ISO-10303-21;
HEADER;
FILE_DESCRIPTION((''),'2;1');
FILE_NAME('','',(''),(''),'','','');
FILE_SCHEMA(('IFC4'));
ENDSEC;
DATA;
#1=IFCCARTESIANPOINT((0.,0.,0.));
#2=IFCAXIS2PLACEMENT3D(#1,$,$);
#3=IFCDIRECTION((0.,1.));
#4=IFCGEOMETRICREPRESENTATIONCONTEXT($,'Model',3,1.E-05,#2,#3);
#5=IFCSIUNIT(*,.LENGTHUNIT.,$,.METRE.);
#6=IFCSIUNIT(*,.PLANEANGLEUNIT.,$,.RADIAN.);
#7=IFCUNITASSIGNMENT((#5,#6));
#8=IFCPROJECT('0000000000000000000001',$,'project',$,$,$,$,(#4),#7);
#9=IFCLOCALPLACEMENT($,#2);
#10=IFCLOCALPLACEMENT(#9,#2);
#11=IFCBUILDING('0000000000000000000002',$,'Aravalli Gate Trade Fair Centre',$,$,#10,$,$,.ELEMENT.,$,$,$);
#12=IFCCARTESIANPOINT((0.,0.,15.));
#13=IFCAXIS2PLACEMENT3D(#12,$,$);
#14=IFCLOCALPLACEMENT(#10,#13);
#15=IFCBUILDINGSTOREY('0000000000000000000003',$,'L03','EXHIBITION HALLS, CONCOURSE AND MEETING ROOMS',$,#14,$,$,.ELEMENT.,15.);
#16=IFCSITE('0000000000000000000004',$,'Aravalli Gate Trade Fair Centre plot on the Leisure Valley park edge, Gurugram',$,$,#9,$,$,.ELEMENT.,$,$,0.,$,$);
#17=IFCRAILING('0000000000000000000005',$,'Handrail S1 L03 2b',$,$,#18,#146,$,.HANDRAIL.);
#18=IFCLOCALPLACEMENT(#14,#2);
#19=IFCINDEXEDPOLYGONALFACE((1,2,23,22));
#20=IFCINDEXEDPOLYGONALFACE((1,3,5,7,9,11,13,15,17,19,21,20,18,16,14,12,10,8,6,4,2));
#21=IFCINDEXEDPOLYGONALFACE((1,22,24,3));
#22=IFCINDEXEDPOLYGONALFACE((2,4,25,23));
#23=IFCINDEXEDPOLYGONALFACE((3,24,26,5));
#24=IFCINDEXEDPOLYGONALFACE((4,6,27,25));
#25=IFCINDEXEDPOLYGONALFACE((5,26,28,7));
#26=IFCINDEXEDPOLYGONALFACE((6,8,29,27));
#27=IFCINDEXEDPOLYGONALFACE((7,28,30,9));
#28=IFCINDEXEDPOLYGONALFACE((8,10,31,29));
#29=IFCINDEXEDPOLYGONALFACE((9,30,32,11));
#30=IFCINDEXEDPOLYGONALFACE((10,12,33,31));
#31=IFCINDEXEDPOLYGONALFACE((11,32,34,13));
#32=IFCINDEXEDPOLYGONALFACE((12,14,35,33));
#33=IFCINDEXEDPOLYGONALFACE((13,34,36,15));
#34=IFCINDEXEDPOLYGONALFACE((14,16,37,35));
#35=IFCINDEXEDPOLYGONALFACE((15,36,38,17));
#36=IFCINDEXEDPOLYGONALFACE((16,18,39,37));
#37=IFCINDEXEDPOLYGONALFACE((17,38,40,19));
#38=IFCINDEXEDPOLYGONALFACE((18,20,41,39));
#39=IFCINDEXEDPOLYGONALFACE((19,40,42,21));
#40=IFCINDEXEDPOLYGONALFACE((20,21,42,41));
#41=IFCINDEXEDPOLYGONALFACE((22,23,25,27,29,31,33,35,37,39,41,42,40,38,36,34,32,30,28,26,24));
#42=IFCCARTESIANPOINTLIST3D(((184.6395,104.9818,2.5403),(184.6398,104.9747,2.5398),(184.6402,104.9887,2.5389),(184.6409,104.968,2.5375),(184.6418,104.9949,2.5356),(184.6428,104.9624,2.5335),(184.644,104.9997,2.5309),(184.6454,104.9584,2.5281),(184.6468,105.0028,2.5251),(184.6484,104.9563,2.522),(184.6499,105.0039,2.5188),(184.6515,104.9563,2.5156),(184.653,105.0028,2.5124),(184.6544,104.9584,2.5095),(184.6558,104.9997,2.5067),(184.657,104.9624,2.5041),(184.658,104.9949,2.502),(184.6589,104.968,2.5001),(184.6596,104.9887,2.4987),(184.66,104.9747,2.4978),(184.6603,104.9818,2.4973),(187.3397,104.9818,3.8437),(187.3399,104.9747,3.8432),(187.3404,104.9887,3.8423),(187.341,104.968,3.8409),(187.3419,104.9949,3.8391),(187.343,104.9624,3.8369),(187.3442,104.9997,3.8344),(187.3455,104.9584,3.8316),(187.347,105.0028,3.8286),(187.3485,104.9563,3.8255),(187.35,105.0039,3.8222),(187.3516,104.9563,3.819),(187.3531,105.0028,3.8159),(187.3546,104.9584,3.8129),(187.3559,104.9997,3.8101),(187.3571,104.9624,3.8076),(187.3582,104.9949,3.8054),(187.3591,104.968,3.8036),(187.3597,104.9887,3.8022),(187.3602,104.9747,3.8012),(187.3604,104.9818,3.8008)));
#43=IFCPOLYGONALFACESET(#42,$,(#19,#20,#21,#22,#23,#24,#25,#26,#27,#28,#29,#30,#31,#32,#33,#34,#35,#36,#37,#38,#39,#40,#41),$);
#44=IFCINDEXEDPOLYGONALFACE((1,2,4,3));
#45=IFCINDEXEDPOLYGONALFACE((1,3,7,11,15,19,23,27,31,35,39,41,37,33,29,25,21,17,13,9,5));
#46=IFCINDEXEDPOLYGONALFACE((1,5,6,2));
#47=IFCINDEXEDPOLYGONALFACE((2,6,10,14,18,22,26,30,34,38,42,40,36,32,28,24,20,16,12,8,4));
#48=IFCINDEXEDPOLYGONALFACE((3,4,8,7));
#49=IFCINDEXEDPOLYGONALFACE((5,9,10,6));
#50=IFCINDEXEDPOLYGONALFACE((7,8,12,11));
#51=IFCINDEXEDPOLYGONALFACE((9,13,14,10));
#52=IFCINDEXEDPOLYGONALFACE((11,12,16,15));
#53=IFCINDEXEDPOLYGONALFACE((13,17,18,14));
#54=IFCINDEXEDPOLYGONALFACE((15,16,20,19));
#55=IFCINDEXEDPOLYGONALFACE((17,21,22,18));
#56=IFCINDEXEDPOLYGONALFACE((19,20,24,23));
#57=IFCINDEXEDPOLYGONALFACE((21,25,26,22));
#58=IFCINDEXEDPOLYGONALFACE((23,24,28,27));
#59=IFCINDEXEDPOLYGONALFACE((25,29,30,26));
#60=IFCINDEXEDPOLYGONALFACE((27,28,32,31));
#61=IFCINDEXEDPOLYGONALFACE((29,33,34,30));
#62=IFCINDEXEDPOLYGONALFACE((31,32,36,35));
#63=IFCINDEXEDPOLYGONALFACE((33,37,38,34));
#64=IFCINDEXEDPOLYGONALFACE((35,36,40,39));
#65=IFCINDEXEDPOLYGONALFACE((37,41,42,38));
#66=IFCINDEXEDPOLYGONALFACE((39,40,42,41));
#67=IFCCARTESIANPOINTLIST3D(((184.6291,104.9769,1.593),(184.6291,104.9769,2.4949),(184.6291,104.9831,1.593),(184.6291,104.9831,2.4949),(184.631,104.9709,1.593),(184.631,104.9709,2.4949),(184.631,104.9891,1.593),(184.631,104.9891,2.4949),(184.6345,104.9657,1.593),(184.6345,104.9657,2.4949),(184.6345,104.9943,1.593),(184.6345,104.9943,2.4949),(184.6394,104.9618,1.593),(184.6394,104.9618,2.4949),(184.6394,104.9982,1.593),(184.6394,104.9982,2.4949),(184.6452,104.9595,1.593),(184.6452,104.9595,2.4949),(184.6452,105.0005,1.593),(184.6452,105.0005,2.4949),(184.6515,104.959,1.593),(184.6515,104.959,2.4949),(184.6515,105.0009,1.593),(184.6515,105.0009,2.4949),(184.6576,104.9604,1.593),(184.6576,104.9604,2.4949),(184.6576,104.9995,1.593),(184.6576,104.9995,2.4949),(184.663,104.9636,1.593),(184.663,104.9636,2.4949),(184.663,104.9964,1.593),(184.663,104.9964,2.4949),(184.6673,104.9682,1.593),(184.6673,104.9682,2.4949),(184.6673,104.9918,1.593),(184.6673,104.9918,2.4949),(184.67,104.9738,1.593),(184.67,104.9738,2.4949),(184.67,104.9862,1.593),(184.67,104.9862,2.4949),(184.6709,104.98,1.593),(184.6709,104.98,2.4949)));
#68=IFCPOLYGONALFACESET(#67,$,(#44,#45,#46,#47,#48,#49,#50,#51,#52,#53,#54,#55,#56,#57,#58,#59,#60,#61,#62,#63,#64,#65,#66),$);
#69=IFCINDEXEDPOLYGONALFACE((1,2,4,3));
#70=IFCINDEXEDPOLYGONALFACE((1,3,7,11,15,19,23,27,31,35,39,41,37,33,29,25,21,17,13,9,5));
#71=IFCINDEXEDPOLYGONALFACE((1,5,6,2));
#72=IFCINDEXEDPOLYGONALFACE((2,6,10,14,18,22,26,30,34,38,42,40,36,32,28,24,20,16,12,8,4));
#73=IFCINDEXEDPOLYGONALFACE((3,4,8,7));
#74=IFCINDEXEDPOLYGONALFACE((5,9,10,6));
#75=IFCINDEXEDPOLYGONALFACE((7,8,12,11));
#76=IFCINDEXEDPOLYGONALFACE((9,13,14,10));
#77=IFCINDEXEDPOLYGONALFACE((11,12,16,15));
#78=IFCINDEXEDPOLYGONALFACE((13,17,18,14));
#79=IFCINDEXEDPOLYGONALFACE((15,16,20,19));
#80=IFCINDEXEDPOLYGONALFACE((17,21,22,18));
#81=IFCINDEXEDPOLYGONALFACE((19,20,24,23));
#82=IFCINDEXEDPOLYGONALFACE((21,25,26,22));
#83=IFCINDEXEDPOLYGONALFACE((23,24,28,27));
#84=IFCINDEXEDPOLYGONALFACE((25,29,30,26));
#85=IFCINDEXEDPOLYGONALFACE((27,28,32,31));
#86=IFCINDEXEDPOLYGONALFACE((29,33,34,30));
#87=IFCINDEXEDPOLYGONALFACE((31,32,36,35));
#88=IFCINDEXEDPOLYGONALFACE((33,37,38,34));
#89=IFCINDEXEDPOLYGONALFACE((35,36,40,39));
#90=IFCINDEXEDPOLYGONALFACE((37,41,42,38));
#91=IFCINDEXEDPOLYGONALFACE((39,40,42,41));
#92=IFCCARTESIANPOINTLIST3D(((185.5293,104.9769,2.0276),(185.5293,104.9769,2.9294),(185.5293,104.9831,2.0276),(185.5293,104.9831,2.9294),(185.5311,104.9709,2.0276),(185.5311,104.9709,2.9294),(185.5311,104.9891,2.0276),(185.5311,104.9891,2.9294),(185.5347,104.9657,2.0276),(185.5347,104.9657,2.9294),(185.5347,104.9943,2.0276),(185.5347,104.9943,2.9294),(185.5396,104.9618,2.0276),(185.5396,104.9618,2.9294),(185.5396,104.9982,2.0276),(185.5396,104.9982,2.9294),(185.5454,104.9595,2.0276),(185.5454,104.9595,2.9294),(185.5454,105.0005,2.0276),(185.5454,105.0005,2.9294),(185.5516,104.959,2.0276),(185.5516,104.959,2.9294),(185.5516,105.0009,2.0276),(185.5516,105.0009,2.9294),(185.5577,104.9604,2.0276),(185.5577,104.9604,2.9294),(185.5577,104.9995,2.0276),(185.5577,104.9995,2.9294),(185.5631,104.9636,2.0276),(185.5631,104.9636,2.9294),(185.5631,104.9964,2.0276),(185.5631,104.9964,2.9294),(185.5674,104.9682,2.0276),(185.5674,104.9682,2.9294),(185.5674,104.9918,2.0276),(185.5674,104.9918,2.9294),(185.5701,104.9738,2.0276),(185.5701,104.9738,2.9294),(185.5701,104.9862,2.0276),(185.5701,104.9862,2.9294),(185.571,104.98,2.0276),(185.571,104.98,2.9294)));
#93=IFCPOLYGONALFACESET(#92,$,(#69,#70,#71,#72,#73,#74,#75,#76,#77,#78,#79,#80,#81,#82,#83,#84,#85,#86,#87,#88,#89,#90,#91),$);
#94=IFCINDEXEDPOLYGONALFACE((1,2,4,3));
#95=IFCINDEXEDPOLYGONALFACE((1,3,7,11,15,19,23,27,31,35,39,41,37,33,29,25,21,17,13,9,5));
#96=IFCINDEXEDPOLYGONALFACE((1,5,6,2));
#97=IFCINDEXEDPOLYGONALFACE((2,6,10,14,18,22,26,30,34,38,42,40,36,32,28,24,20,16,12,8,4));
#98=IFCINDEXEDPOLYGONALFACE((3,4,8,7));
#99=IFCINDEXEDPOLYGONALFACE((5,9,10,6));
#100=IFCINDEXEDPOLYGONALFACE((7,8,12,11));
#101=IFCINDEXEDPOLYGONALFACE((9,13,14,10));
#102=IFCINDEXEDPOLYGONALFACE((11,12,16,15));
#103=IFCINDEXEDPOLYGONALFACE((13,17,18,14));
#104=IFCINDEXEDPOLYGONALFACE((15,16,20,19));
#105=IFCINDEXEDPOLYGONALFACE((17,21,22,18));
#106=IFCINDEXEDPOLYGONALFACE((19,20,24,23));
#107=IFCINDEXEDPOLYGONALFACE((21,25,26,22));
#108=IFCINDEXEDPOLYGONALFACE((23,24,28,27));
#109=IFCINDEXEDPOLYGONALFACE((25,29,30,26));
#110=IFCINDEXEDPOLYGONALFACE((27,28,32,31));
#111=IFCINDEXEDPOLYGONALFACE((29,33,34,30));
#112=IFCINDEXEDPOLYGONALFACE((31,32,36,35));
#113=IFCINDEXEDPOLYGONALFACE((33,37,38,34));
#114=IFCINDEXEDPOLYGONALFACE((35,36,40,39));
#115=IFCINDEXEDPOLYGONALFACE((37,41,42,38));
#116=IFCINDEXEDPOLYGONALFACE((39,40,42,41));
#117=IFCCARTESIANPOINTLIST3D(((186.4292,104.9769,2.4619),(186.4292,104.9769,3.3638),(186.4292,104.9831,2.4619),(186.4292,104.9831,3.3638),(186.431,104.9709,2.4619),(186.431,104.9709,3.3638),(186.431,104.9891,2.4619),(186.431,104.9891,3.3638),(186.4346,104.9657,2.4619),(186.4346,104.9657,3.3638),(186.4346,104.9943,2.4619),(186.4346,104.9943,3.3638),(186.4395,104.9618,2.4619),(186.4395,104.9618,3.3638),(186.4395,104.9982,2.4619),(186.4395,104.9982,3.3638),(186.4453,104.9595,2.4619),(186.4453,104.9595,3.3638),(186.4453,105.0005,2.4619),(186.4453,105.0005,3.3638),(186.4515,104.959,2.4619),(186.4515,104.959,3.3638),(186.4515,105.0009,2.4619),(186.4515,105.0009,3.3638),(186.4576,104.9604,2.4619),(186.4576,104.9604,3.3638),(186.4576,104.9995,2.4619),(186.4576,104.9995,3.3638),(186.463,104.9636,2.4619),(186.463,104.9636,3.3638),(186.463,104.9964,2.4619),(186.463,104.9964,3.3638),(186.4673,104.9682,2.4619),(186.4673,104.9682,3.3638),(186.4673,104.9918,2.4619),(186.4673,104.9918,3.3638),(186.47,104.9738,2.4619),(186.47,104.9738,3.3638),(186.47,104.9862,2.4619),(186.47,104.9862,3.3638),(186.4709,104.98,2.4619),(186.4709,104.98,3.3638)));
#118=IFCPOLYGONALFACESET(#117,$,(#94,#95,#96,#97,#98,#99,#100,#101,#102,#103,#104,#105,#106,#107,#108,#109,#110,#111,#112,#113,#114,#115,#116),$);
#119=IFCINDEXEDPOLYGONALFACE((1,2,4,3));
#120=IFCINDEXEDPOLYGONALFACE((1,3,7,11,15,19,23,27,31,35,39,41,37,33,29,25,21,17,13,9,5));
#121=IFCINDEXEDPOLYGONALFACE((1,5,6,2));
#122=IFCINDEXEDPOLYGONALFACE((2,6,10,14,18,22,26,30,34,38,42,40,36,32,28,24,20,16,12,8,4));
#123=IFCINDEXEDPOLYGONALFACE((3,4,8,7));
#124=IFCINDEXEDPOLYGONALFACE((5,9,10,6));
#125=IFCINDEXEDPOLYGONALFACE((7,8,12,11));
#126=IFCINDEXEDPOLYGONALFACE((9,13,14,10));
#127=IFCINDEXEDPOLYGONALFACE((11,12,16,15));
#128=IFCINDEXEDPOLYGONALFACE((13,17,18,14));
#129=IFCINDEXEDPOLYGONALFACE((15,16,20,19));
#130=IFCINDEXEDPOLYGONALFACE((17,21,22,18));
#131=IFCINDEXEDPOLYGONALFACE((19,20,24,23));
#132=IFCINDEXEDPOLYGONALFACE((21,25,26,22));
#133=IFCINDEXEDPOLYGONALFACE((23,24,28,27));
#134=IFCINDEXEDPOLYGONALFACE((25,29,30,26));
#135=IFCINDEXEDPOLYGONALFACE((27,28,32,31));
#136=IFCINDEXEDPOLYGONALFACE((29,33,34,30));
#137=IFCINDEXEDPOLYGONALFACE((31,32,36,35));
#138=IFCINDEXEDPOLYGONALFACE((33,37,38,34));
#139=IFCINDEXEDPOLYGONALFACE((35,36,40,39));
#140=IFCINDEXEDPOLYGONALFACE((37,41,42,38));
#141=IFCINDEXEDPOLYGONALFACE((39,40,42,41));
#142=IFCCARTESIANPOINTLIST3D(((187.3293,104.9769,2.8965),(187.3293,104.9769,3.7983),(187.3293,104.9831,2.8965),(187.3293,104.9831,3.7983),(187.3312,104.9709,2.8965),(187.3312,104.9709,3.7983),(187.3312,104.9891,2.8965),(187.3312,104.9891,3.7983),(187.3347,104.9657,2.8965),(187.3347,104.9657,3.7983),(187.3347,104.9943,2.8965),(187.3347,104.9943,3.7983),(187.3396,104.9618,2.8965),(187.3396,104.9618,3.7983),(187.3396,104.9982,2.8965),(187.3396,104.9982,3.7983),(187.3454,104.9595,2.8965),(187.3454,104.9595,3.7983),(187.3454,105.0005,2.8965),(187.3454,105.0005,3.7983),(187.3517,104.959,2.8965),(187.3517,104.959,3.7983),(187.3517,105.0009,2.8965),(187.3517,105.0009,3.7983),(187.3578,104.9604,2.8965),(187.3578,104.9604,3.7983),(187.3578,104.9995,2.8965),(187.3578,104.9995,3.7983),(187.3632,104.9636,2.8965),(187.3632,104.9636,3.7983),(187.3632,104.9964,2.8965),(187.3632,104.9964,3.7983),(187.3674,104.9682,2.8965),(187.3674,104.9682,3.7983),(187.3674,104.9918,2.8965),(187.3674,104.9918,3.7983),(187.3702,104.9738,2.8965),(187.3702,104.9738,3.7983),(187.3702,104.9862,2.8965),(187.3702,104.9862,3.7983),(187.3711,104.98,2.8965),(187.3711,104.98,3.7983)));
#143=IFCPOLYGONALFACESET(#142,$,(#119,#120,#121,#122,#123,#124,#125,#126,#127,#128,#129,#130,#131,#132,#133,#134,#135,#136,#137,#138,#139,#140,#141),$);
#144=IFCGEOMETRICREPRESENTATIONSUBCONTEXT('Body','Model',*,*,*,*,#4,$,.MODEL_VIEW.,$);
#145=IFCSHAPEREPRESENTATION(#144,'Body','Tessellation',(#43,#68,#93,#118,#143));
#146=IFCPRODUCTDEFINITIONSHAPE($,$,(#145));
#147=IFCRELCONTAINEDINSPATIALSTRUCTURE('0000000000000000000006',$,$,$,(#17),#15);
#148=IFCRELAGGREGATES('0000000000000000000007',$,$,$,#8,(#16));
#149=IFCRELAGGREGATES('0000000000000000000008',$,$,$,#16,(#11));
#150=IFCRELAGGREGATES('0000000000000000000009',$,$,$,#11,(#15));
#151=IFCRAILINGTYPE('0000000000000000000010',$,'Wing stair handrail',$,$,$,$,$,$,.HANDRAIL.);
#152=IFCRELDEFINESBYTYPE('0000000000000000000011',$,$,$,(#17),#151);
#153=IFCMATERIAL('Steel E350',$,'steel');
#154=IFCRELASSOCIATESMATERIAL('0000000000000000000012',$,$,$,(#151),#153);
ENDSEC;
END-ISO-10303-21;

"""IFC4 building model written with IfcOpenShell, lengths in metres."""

from ifc_helpers import new_model, si_unit, direction, frame, origin, origin_2d, place, context, subcontext, project, spatial, circle, extrude, material, type_object, element, save


model = new_model("IFC4")

# Units and contexts
model_context = context("Model", 3, precision=1e-05, world=origin(), true_north=direction((0.0, 1.0)))
body_context = subcontext(model_context, "Body", "Model", "MODEL_VIEW")
ifc_project = project(units=[si_unit("LENGTHUNIT", "METRE"), si_unit("PLANEANGLEUNIT", "RADIAN")], contexts=[model_context])

# Site, building, storey
site_placement = place(None, origin())
site = spatial("IfcSite", under=ifc_project, at=site_placement, Name="Aravalli Gate Trade Fair Centre plot on the Leisure Valley park edge, Gurugram", CompositionType="ELEMENT", RefElevation=0.0)
building_placement = place(site_placement, origin())
building = spatial("IfcBuilding", under=site, at=building_placement, Name="Aravalli Gate Trade Fair Centre", CompositionType="ELEMENT")
storey_placement = place(building_placement, frame((0.0, 0.0, 15.0)))
storey = spatial("IfcBuildingStorey", under=building, at=storey_placement, Name="L03", Description="EXHIBITION HALLS, CONCOURSE AND MEETING ROOMS", CompositionType="ELEMENT", Elevation=15.0)

# Railing
ifc_material_1 = material(Name="Steel E350", Category="steel")
railing_type_1 = type_object("IfcRailingType", Name="Wing stair handrail", PredefinedType="HANDRAIL", material=ifc_material_1)
railing_1_placement = place(storey_placement, frame((184.6499, 104.98, 1.593)))
element("IfcRailing", 1, at=railing_1_placement, inside=storey, type_object=railing_type_1, Name="Handrail S1 L03 2b", PredefinedType="HANDRAIL", context=body_context, shape_type="SweptSolid", body=[
    extrude(circle(Radius=0.0239, at=origin_2d()), frame((0.0, 0.0, 0.9258), z_axis=(0.900562, 0.0, 0.434729), x_axis=(0.0, 1.0, 0.0)), (0.0, 0.0, 1.0), 2.9983),
    extrude(circle(Radius=0.021, at=origin_2d()), origin(), (0.0, 0.0, 1.0), 0.9019),
    extrude(circle(Radius=0.021, at=origin_2d()), frame((0.9001, 0.0, 0.4346)), (0.0, 0.0, 1.0), 0.9019),
    extrude(circle(Radius=0.021, at=origin_2d()), frame((1.8, 0.0, 0.8689)), (0.0, 0.0, 1.0), 0.9019),
    extrude(circle(Radius=0.021, at=origin_2d()), frame((2.7002, 0.0, 1.3035)), (0.0, 0.0, 1.0), 0.9019),
])

save(model, "model.ifc")
